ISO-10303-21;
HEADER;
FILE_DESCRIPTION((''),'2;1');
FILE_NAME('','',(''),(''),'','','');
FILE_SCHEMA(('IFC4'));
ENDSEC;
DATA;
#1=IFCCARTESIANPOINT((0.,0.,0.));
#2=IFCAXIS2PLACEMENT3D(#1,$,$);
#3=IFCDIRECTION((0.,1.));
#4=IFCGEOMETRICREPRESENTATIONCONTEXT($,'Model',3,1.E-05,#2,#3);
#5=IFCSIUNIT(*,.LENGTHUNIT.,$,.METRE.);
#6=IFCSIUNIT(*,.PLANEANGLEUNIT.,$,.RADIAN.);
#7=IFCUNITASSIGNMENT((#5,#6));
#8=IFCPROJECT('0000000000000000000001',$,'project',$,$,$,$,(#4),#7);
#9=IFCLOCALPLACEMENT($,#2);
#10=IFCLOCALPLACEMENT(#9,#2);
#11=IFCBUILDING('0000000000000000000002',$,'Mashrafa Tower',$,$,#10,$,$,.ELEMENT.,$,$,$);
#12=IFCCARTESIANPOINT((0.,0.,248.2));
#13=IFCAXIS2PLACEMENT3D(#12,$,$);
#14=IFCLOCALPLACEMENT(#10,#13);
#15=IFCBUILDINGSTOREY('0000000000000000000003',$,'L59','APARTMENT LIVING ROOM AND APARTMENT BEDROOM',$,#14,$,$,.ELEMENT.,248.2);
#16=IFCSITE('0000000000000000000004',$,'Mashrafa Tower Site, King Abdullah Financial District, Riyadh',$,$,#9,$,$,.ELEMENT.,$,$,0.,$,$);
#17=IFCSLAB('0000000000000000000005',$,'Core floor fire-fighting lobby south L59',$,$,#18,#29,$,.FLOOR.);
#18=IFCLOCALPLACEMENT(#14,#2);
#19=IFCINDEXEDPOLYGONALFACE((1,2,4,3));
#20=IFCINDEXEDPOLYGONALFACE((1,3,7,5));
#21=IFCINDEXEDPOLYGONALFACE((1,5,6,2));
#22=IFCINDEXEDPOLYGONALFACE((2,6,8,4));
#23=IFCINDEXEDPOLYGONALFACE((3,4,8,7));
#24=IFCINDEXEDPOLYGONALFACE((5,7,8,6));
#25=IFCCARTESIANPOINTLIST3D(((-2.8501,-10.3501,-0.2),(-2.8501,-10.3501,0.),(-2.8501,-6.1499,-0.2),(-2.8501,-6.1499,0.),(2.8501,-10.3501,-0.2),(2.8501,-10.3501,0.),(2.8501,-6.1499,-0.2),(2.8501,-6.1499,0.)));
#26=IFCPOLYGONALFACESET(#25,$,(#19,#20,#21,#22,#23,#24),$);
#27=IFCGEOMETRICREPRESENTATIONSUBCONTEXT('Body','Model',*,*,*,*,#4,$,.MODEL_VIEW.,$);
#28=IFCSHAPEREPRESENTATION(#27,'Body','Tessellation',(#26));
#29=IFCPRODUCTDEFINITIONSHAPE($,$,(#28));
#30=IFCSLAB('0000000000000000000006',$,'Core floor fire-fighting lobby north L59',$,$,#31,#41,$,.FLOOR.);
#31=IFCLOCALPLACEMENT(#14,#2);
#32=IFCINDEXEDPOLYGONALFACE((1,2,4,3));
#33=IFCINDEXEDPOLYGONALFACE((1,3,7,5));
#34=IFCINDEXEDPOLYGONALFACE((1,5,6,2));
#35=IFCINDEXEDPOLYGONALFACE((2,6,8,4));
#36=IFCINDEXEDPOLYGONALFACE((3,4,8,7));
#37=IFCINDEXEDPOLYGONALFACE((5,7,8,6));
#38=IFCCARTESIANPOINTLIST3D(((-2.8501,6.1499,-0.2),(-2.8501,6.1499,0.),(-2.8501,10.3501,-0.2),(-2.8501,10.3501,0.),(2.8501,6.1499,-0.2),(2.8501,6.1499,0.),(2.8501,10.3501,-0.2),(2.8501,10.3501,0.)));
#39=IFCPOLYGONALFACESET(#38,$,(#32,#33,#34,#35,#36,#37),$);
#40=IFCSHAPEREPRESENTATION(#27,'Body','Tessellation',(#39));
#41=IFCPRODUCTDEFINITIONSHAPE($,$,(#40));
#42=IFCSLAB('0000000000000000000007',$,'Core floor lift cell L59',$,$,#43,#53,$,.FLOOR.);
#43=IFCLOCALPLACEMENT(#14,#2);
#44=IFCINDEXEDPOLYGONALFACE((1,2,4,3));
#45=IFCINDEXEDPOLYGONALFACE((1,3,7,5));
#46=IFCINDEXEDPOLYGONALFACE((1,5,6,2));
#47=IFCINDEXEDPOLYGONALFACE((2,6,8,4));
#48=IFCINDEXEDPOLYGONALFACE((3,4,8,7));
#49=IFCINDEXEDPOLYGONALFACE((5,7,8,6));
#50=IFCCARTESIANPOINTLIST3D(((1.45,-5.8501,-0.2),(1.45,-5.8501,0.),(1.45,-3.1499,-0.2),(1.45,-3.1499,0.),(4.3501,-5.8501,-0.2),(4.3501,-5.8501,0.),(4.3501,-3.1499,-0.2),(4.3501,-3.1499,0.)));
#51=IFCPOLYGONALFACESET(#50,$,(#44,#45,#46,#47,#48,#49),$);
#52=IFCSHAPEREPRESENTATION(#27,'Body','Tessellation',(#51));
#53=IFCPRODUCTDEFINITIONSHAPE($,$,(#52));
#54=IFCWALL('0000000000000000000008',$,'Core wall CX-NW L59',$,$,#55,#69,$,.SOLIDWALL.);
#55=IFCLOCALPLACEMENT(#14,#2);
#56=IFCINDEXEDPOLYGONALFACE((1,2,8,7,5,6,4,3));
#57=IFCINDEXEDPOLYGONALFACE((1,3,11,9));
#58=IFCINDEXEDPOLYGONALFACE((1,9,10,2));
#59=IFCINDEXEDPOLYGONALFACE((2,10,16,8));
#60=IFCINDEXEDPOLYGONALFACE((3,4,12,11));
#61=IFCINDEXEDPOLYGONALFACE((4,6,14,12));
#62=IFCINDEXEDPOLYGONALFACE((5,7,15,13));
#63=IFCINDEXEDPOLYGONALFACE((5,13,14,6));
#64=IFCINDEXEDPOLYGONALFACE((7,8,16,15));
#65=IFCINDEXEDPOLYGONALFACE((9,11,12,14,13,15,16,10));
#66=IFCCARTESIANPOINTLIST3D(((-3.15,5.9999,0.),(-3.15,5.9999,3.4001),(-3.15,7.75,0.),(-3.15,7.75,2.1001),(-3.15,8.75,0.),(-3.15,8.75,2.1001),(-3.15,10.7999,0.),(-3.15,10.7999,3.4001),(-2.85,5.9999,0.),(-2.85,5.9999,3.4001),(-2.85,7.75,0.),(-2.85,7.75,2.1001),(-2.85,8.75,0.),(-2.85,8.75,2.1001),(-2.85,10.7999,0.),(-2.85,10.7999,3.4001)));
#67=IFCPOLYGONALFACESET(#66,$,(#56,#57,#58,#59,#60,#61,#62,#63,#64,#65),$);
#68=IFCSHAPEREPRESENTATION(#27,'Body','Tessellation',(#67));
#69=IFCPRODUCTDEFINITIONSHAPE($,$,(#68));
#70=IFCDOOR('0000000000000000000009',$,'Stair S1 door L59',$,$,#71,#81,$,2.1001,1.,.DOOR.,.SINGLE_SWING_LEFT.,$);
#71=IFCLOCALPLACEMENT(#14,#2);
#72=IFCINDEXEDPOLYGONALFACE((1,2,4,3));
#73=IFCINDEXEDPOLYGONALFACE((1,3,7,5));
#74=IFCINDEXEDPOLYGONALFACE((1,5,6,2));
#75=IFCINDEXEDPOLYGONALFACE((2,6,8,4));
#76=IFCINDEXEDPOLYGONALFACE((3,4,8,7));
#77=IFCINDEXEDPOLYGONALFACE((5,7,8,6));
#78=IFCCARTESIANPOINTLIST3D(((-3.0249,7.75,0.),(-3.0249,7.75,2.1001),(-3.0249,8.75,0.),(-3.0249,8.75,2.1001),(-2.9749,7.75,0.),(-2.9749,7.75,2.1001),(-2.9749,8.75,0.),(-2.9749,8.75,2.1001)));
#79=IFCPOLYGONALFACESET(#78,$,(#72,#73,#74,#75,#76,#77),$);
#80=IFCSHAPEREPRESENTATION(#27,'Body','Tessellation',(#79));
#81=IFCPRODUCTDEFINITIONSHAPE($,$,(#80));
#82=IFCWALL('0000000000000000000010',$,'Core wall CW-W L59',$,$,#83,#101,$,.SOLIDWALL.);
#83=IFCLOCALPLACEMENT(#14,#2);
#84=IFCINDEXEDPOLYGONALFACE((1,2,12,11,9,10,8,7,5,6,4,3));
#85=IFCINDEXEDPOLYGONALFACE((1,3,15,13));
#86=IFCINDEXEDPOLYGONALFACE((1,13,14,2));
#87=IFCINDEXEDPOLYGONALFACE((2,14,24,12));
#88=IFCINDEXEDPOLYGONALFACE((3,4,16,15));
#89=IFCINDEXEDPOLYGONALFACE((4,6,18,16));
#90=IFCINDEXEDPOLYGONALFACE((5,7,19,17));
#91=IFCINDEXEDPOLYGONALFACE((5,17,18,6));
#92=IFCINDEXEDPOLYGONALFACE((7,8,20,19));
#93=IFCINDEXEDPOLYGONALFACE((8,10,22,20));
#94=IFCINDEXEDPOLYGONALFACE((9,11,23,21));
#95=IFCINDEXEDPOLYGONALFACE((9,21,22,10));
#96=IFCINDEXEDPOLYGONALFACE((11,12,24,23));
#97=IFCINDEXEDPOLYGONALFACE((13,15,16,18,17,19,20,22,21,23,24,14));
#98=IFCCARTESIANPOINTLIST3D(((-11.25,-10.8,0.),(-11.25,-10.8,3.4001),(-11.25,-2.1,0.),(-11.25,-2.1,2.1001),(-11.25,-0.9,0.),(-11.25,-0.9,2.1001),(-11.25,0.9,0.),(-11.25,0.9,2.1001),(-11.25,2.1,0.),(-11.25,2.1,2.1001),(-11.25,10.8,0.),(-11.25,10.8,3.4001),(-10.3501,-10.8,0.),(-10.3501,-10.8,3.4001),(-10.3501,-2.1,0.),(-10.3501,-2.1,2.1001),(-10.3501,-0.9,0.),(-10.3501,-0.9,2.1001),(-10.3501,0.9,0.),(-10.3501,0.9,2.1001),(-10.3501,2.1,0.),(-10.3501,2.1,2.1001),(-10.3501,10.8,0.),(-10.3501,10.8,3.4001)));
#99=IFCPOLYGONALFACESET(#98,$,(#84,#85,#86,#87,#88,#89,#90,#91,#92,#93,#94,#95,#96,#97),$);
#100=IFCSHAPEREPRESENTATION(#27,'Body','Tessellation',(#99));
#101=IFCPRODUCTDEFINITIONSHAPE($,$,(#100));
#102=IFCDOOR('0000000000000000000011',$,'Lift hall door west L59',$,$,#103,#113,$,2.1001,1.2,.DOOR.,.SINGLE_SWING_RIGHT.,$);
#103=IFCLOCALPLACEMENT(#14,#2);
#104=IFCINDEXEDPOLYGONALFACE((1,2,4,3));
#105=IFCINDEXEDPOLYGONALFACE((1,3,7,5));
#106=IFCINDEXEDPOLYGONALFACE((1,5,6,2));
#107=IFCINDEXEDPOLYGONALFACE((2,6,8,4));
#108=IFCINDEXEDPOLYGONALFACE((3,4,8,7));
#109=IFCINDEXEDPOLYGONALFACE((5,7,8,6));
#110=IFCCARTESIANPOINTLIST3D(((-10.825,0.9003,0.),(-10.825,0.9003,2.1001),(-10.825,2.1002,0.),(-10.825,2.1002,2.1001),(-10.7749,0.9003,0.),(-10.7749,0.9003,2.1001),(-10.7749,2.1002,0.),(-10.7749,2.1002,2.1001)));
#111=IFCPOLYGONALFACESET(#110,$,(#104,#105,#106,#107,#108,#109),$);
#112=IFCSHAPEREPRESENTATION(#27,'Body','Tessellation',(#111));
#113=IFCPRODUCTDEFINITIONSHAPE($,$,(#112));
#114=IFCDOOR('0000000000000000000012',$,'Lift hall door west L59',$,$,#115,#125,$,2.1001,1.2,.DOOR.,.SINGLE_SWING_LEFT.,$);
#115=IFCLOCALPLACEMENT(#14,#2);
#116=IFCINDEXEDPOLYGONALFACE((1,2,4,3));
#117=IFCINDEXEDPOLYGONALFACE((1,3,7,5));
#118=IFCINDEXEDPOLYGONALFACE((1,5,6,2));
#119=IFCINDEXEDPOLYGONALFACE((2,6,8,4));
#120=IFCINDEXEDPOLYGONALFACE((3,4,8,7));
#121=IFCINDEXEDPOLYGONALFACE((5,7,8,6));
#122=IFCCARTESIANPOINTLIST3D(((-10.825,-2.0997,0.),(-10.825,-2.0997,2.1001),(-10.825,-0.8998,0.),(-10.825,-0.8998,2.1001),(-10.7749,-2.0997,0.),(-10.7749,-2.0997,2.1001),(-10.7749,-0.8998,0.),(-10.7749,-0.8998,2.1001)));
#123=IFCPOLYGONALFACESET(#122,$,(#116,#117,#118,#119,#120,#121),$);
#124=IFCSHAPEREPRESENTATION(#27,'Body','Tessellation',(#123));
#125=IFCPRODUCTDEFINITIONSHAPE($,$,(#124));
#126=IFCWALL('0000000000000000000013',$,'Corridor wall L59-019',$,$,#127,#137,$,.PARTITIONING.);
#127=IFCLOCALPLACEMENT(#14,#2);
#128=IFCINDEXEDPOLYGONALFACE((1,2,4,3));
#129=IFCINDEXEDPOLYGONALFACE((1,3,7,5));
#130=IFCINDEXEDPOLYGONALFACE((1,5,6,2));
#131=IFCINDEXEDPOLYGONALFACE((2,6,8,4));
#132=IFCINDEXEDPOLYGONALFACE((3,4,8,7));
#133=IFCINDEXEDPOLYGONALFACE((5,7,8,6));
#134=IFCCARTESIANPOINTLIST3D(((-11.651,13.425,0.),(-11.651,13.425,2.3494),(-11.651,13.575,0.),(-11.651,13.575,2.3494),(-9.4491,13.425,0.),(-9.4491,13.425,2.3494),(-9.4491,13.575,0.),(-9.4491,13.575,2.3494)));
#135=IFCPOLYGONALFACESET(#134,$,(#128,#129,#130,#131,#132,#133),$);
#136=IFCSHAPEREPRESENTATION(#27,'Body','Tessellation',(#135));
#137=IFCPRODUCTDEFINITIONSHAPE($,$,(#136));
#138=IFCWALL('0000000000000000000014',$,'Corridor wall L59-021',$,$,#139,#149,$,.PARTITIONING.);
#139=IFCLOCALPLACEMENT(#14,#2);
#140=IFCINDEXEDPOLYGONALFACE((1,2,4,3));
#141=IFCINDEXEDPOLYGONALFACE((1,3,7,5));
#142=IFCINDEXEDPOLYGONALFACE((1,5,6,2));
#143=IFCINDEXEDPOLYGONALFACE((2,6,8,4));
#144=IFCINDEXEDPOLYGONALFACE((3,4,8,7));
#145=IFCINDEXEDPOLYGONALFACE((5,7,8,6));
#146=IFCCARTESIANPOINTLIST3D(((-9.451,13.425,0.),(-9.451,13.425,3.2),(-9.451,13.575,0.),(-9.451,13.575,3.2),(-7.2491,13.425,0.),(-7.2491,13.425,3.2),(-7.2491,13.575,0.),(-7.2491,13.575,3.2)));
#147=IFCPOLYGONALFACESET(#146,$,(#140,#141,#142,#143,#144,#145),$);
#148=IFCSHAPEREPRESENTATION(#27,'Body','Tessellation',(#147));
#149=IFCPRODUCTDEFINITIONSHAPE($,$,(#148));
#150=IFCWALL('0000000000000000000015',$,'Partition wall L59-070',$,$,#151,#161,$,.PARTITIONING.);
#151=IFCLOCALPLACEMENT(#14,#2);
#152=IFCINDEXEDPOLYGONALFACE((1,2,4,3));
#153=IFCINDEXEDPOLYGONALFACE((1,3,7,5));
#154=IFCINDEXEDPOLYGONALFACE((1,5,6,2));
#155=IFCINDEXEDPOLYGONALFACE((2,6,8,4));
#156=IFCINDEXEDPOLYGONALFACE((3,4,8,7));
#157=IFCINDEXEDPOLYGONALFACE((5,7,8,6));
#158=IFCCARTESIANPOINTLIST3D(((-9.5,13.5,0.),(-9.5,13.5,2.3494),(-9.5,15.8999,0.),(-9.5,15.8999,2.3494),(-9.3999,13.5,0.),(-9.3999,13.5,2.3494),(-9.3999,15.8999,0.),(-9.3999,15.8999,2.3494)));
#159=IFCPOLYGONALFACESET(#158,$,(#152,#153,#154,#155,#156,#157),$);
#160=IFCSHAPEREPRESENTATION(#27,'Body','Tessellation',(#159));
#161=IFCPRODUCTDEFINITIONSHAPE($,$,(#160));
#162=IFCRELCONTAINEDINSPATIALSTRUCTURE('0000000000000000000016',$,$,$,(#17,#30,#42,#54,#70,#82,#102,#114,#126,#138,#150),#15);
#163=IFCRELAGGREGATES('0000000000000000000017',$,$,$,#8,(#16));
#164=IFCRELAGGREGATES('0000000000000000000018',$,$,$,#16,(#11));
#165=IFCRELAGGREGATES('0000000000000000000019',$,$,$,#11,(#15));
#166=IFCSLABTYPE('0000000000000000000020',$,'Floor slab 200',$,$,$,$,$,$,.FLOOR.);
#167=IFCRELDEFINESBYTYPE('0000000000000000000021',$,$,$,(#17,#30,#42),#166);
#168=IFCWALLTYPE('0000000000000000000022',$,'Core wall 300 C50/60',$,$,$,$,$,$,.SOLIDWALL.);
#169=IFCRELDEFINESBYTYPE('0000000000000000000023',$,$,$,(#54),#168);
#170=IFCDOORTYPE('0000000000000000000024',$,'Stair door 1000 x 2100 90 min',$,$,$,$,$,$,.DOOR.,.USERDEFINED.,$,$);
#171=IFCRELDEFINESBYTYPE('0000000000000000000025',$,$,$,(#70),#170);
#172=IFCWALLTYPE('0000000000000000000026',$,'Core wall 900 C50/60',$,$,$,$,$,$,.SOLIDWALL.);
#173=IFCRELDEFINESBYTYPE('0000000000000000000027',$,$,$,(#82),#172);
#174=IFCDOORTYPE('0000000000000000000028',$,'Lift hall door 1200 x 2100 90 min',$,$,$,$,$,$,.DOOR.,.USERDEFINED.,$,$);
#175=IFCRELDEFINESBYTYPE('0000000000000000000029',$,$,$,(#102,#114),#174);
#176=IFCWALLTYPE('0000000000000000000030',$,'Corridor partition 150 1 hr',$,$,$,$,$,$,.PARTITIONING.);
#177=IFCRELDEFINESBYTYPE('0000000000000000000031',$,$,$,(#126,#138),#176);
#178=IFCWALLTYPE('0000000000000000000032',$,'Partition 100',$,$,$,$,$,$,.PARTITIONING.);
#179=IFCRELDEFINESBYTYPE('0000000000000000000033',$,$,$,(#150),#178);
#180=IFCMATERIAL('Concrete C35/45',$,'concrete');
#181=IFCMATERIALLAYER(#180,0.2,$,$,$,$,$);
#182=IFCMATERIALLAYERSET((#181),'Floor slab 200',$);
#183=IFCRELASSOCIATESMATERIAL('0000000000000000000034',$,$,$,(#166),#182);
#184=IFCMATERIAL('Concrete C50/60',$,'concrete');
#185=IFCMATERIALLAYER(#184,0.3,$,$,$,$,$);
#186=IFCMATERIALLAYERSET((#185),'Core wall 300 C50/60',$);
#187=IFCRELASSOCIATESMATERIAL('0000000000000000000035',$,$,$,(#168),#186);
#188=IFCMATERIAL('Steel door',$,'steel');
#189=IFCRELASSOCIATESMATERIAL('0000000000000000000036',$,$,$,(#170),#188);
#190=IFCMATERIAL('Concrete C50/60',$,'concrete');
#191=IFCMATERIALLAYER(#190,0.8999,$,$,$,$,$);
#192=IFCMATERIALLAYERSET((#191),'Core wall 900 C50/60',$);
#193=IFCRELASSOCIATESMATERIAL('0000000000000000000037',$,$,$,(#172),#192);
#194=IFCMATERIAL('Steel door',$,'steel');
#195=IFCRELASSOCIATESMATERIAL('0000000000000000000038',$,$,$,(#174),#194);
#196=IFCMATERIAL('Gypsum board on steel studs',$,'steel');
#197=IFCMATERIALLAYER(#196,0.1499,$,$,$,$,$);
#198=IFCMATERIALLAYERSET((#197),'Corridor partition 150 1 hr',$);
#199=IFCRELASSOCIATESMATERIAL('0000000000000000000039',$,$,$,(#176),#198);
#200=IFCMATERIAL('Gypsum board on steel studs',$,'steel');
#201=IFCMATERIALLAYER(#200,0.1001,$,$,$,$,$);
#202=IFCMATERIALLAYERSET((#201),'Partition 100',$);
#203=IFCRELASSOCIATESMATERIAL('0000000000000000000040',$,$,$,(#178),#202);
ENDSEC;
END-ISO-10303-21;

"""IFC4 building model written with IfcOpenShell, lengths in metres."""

from ifc_helpers import new_model, si_unit, direction, frame, frame_2d, origin, place, context, subcontext, project, spatial, polyline, rectangle, outline, extrude, material, layer, layer_set, type_object, element, fill, save


model = new_model("IFC4")

# Units and contexts
model_context = context("Model", 3, precision=1e-05, world=origin(), true_north=direction((0.0, 1.0)))
body_context = subcontext(model_context, "Body", "Model", "MODEL_VIEW")
ifc_project = project(units=[si_unit("LENGTHUNIT", "METRE"), si_unit("PLANEANGLEUNIT", "RADIAN")], contexts=[model_context])

# Site, building, storey
site_placement = place(None, origin())
site = spatial("IfcSite", under=ifc_project, at=site_placement, Name="Mashrafa Tower Site, King Abdullah Financial District, Riyadh", CompositionType="ELEMENT", RefElevation=0.0)
building_placement = place(site_placement, origin())
building = spatial("IfcBuilding", under=site, at=building_placement, Name="Mashrafa Tower", CompositionType="ELEMENT")
storey_placement = place(building_placement, frame((0.0, 0.0, 248.2)))
storey = spatial("IfcBuildingStorey", under=building, at=storey_placement, Name="L59", Description="APARTMENT LIVING ROOM AND APARTMENT BEDROOM", CompositionType="ELEMENT", Elevation=248.2)

# Slabs
ifc_material_1 = material(Name="Concrete C35/45", Category="concrete")
ifc_layer_1 = layer(ifc_material_1, 0.2)
ifc_layer_set_1 = layer_set([ifc_layer_1], Name="Floor slab 200")
slab_type = type_object("IfcSlabType", Name="Floor slab 200", PredefinedType="FLOOR", material=ifc_layer_set_1)
slab_1_placement = place(storey_placement, frame((0.0, 0.0, -0.2)))
element("IfcSlab", 1, at=slab_1_placement, inside=storey, type_object=slab_type, Name="Core floor fire-fighting lobby south L59", PredefinedType="FLOOR", context=body_context, shape_type="SweptSolid", body=[
    extrude(outline(polyline([(2.8501, -6.1499), (2.8501, -10.3501), (-2.8501, -10.3501), (-2.8501, -6.1499), (2.8501, -6.1499)])), origin(), (0.0, 0.0, 1.0), 0.2),
])
slab_2_placement = place(storey_placement, frame((0.0, 0.0, -0.2)))
element("IfcSlab", 2, at=slab_2_placement, inside=storey, type_object=slab_type, Name="Core floor fire-fighting lobby north L59", PredefinedType="FLOOR", context=body_context, shape_type="SweptSolid", body=[
    extrude(outline(polyline([(-2.8501, 10.3501), (2.8501, 10.3501), (2.8501, 6.1499), (-2.8501, 6.1499), (-2.8501, 10.3501)])), origin(), (0.0, 0.0, 1.0), 0.2),
])
slab_3_placement = place(storey_placement, frame((0.0, 0.0, -0.2)))
element("IfcSlab", 3, at=slab_3_placement, inside=storey, type_object=slab_type, Name="Core floor lift cell L59", PredefinedType="FLOOR", context=body_context, shape_type="SweptSolid", body=[
    extrude(outline(polyline([(4.3501, -3.1499), (4.3501, -5.8501), (1.45, -5.8501), (1.45, -3.1499), (4.3501, -3.1499)])), origin(), (0.0, 0.0, 1.0), 0.2),
])

# Wall, opening, door
ifc_material_2 = material(Name="Concrete C50/60", Category="concrete")
ifc_layer_2 = layer(ifc_material_2, 0.3)
ifc_layer_set_2 = layer_set([ifc_layer_2], Name="Core wall 300 C50/60")
wall_type_1 = type_object("IfcWallType", Name="Core wall 300 C50/60", PredefinedType="SOLIDWALL", material=ifc_layer_set_2)
wall_1_placement = place(storey_placement, frame((-3.0, 6.0, 0.0), z_axis=(0.0, 0.0, 1.0), x_axis=(0.0, 1.0, 0.0)))
wall_1 = element("IfcWall", 4, at=wall_1_placement, inside=storey, type_object=wall_type_1, Name="Core wall CX-NW L59", PredefinedType="SOLIDWALL", context=body_context, shape_type="SweptSolid", body=[
    extrude(rectangle(XDim=4.8, YDim=0.3, at=frame_2d((2.3999, 0.0))), origin(), (0.0, 0.0, 1.0), 3.4001),
])
opening_1_placement = place(wall_1_placement, frame((1.75, 0.0, 0.0)))
opening_1 = element("IfcOpeningElement", 5, at=opening_1_placement, cuts=wall_1, PredefinedType="OPENING", context=body_context, shape_type="SweptSolid", body=[
    extrude(rectangle(XDim=1.0, YDim=2.1001, at=frame_2d((0.5, 1.05))), frame((0.0, 0.1599, 0.0), z_axis=(0.0, -1.0, 0.0), x_axis=(1.0, 0.0, 0.0)), (0.0, 0.0, 1.0), 0.3201),
])
ifc_material_3 = material(Name="Steel door", Category="steel")
door_type_1 = type_object("IfcDoorType", Name="Stair door 1000 x 2100 90 min", OperationType="USERDEFINED", PredefinedType="DOOR", material=ifc_material_3)
door_1_placement = place(opening_1_placement, origin())
door_1 = element("IfcDoor", 6, at=door_1_placement, inside=storey, type_object=door_type_1, Name="Stair S1 door L59", OperationType="SINGLE_SWING_LEFT", OverallHeight=2.1001, OverallWidth=1.0, PredefinedType="DOOR", context=body_context, shape_type="SweptSolid", body=[
    extrude(rectangle(XDim=1.0, YDim=2.1001, at=frame_2d((0.5, 1.05))), frame((0.0, 0.0249, 0.0), z_axis=(0.0, -1.0, 0.0), x_axis=(1.0, 0.0, 0.0)), (0.0, 0.0, 1.0), 0.05),
])
fill(opening_1, door_1)

# Wall, openings, doors
ifc_material_4 = material(Name="Concrete C50/60", Category="concrete")
ifc_layer_3 = layer(ifc_material_4, 0.8999)
ifc_layer_set_3 = layer_set([ifc_layer_3], Name="Core wall 900 C50/60")
wall_type_2 = type_object("IfcWallType", Name="Core wall 900 C50/60", PredefinedType="SOLIDWALL", material=ifc_layer_set_3)
wall_2_placement = place(storey_placement, frame((-10.8, 10.8, 0.0), z_axis=(0.0, 0.0, 1.0), x_axis=(0.0, -1.0, 0.0)))
wall_2 = element("IfcWall", 7, at=wall_2_placement, inside=storey, type_object=wall_type_2, Name="Core wall CW-W L59", PredefinedType="SOLIDWALL", context=body_context, shape_type="SweptSolid", body=[
    extrude(rectangle(XDim=21.6001, YDim=0.8999, at=frame_2d((10.8, 0.0))), origin(), (0.0, 0.0, 1.0), 3.4001),
])
opening_2_placement = place(wall_2_placement, frame((8.7, 0.0, 0.0)))
opening_2 = element("IfcOpeningElement", 8, at=opening_2_placement, cuts=wall_2, PredefinedType="OPENING", context=body_context, shape_type="SweptSolid", body=[
    extrude(rectangle(XDim=1.2, YDim=2.1001, at=frame_2d((0.6001, 1.05))), frame((0.0, 0.46, 0.0), z_axis=(0.0, -1.0, 0.0), x_axis=(1.0, 0.0, 0.0)), (0.0, 0.0, 1.0), 0.9199),
])
opening_3_placement = place(wall_2_placement, frame((11.7, 0.0, 0.0)))
opening_3 = element("IfcOpeningElement", 9, at=opening_3_placement, cuts=wall_2, PredefinedType="OPENING", context=body_context, shape_type="SweptSolid", body=[
    extrude(rectangle(XDim=1.2, YDim=2.1001, at=frame_2d((0.6001, 1.05))), frame((0.0, 0.46, 0.0), z_axis=(0.0, -1.0, 0.0), x_axis=(1.0, 0.0, 0.0)), (0.0, 0.0, 1.0), 0.9199),
])
ifc_material_5 = material(Name="Steel door", Category="steel")
door_type_2 = type_object("IfcDoorType", Name="Lift hall door 1200 x 2100 90 min", OperationType="USERDEFINED", PredefinedType="DOOR", material=ifc_material_5)
door_2_placement = place(opening_2_placement, frame((1.2, 0.0, 0.0), z_axis=(0.0, 0.0, 1.0), x_axis=(-1.0, 0.0, 0.0)))
door_2 = element("IfcDoor", 10, at=door_2_placement, inside=storey, type_object=door_type_2, Name="Lift hall door west L59", OperationType="SINGLE_SWING_RIGHT", OverallHeight=2.1001, OverallWidth=1.2, PredefinedType="DOOR", context=body_context, shape_type="SweptSolid", body=[
    extrude(rectangle(XDim=1.2, YDim=2.1001, at=frame_2d((0.6001, 1.05))), frame((0.0, 0.0249, 0.0), z_axis=(0.0, -1.0, 0.0), x_axis=(1.0, 0.0, 0.0)), (0.0, 0.0, 1.0), 0.05),
])
fill(opening_2, door_2)
door_3_placement = place(opening_3_placement, frame((1.2, 0.0, 0.0), z_axis=(0.0, 0.0, 1.0), x_axis=(-1.0, 0.0, 0.0)))
door_3 = element("IfcDoor", 11, at=door_3_placement, inside=storey, type_object=door_type_2, Name="Lift hall door west L59", OperationType="SINGLE_SWING_LEFT", OverallHeight=2.1001, OverallWidth=1.2, PredefinedType="DOOR", context=body_context, shape_type="SweptSolid", body=[
    extrude(rectangle(XDim=1.2, YDim=2.1001, at=frame_2d((0.6001, 1.05))), frame((0.0, 0.0249, 0.0), z_axis=(0.0, -1.0, 0.0), x_axis=(1.0, 0.0, 0.0)), (0.0, 0.0, 1.0), 0.05),
])
fill(opening_3, door_3)

# Walls
ifc_material_6 = material(Name="Gypsum board on steel studs", Category="steel")
ifc_layer_4 = layer(ifc_material_6, 0.1499)
ifc_layer_set_4 = layer_set([ifc_layer_4], Name="Corridor partition 150 1 hr")
wall_type_3 = type_object("IfcWallType", Name="Corridor partition 150 1 hr", PredefinedType="PARTITIONING", material=ifc_layer_set_4)
wall_3_placement = place(storey_placement, frame((-9.449, 13.5, 0.0), z_axis=(0.0, 0.0, 1.0), x_axis=(-1.0, 0.0, 0.0)))
element("IfcWall", 12, at=wall_3_placement, inside=storey, type_object=wall_type_3, Name="Corridor wall L59-019", PredefinedType="PARTITIONING", context=body_context, shape_type="SweptSolid", body=[
    extrude(rectangle(XDim=2.2019, YDim=0.1499, at=frame_2d((1.1011, 0.0))), origin(), (0.0, 0.0, 1.0), 2.3494),
])
wall_4_placement = place(storey_placement, frame((-7.249, 13.5, 0.0), z_axis=(0.0, 0.0, 1.0), x_axis=(-1.0, 0.0, 0.0)))
element("IfcWall", 13, at=wall_4_placement, inside=storey, type_object=wall_type_3, Name="Corridor wall L59-021", PredefinedType="PARTITIONING", context=body_context, shape_type="SweptSolid", body=[
    extrude(rectangle(XDim=2.2019, YDim=0.1499, at=frame_2d((1.1011, 0.0))), origin(), (0.0, 0.0, 1.0), 3.2),
])
ifc_material_7 = material(Name="Gypsum board on steel studs", Category="steel")
ifc_layer_5 = layer(ifc_material_7, 0.1001)
ifc_layer_set_5 = layer_set([ifc_layer_5], Name="Partition 100")
wall_type_4 = type_object("IfcWallType", Name="Partition 100", PredefinedType="PARTITIONING", material=ifc_layer_set_5)
wall_5_placement = place(storey_placement, frame((-9.45, 13.5, 0.0), z_axis=(0.0, 0.0, 1.0), x_axis=(0.0, 1.0, 0.0)))
element("IfcWall", 14, at=wall_5_placement, inside=storey, type_object=wall_type_4, Name="Partition wall L59-070", PredefinedType="PARTITIONING", context=body_context, shape_type="SweptSolid", body=[
    extrude(rectangle(XDim=2.3999, YDim=0.1001, at=frame_2d((1.2, 0.0))), origin(), (0.0, 0.0, 1.0), 2.3494),
])

save(model, "model.ifc")
